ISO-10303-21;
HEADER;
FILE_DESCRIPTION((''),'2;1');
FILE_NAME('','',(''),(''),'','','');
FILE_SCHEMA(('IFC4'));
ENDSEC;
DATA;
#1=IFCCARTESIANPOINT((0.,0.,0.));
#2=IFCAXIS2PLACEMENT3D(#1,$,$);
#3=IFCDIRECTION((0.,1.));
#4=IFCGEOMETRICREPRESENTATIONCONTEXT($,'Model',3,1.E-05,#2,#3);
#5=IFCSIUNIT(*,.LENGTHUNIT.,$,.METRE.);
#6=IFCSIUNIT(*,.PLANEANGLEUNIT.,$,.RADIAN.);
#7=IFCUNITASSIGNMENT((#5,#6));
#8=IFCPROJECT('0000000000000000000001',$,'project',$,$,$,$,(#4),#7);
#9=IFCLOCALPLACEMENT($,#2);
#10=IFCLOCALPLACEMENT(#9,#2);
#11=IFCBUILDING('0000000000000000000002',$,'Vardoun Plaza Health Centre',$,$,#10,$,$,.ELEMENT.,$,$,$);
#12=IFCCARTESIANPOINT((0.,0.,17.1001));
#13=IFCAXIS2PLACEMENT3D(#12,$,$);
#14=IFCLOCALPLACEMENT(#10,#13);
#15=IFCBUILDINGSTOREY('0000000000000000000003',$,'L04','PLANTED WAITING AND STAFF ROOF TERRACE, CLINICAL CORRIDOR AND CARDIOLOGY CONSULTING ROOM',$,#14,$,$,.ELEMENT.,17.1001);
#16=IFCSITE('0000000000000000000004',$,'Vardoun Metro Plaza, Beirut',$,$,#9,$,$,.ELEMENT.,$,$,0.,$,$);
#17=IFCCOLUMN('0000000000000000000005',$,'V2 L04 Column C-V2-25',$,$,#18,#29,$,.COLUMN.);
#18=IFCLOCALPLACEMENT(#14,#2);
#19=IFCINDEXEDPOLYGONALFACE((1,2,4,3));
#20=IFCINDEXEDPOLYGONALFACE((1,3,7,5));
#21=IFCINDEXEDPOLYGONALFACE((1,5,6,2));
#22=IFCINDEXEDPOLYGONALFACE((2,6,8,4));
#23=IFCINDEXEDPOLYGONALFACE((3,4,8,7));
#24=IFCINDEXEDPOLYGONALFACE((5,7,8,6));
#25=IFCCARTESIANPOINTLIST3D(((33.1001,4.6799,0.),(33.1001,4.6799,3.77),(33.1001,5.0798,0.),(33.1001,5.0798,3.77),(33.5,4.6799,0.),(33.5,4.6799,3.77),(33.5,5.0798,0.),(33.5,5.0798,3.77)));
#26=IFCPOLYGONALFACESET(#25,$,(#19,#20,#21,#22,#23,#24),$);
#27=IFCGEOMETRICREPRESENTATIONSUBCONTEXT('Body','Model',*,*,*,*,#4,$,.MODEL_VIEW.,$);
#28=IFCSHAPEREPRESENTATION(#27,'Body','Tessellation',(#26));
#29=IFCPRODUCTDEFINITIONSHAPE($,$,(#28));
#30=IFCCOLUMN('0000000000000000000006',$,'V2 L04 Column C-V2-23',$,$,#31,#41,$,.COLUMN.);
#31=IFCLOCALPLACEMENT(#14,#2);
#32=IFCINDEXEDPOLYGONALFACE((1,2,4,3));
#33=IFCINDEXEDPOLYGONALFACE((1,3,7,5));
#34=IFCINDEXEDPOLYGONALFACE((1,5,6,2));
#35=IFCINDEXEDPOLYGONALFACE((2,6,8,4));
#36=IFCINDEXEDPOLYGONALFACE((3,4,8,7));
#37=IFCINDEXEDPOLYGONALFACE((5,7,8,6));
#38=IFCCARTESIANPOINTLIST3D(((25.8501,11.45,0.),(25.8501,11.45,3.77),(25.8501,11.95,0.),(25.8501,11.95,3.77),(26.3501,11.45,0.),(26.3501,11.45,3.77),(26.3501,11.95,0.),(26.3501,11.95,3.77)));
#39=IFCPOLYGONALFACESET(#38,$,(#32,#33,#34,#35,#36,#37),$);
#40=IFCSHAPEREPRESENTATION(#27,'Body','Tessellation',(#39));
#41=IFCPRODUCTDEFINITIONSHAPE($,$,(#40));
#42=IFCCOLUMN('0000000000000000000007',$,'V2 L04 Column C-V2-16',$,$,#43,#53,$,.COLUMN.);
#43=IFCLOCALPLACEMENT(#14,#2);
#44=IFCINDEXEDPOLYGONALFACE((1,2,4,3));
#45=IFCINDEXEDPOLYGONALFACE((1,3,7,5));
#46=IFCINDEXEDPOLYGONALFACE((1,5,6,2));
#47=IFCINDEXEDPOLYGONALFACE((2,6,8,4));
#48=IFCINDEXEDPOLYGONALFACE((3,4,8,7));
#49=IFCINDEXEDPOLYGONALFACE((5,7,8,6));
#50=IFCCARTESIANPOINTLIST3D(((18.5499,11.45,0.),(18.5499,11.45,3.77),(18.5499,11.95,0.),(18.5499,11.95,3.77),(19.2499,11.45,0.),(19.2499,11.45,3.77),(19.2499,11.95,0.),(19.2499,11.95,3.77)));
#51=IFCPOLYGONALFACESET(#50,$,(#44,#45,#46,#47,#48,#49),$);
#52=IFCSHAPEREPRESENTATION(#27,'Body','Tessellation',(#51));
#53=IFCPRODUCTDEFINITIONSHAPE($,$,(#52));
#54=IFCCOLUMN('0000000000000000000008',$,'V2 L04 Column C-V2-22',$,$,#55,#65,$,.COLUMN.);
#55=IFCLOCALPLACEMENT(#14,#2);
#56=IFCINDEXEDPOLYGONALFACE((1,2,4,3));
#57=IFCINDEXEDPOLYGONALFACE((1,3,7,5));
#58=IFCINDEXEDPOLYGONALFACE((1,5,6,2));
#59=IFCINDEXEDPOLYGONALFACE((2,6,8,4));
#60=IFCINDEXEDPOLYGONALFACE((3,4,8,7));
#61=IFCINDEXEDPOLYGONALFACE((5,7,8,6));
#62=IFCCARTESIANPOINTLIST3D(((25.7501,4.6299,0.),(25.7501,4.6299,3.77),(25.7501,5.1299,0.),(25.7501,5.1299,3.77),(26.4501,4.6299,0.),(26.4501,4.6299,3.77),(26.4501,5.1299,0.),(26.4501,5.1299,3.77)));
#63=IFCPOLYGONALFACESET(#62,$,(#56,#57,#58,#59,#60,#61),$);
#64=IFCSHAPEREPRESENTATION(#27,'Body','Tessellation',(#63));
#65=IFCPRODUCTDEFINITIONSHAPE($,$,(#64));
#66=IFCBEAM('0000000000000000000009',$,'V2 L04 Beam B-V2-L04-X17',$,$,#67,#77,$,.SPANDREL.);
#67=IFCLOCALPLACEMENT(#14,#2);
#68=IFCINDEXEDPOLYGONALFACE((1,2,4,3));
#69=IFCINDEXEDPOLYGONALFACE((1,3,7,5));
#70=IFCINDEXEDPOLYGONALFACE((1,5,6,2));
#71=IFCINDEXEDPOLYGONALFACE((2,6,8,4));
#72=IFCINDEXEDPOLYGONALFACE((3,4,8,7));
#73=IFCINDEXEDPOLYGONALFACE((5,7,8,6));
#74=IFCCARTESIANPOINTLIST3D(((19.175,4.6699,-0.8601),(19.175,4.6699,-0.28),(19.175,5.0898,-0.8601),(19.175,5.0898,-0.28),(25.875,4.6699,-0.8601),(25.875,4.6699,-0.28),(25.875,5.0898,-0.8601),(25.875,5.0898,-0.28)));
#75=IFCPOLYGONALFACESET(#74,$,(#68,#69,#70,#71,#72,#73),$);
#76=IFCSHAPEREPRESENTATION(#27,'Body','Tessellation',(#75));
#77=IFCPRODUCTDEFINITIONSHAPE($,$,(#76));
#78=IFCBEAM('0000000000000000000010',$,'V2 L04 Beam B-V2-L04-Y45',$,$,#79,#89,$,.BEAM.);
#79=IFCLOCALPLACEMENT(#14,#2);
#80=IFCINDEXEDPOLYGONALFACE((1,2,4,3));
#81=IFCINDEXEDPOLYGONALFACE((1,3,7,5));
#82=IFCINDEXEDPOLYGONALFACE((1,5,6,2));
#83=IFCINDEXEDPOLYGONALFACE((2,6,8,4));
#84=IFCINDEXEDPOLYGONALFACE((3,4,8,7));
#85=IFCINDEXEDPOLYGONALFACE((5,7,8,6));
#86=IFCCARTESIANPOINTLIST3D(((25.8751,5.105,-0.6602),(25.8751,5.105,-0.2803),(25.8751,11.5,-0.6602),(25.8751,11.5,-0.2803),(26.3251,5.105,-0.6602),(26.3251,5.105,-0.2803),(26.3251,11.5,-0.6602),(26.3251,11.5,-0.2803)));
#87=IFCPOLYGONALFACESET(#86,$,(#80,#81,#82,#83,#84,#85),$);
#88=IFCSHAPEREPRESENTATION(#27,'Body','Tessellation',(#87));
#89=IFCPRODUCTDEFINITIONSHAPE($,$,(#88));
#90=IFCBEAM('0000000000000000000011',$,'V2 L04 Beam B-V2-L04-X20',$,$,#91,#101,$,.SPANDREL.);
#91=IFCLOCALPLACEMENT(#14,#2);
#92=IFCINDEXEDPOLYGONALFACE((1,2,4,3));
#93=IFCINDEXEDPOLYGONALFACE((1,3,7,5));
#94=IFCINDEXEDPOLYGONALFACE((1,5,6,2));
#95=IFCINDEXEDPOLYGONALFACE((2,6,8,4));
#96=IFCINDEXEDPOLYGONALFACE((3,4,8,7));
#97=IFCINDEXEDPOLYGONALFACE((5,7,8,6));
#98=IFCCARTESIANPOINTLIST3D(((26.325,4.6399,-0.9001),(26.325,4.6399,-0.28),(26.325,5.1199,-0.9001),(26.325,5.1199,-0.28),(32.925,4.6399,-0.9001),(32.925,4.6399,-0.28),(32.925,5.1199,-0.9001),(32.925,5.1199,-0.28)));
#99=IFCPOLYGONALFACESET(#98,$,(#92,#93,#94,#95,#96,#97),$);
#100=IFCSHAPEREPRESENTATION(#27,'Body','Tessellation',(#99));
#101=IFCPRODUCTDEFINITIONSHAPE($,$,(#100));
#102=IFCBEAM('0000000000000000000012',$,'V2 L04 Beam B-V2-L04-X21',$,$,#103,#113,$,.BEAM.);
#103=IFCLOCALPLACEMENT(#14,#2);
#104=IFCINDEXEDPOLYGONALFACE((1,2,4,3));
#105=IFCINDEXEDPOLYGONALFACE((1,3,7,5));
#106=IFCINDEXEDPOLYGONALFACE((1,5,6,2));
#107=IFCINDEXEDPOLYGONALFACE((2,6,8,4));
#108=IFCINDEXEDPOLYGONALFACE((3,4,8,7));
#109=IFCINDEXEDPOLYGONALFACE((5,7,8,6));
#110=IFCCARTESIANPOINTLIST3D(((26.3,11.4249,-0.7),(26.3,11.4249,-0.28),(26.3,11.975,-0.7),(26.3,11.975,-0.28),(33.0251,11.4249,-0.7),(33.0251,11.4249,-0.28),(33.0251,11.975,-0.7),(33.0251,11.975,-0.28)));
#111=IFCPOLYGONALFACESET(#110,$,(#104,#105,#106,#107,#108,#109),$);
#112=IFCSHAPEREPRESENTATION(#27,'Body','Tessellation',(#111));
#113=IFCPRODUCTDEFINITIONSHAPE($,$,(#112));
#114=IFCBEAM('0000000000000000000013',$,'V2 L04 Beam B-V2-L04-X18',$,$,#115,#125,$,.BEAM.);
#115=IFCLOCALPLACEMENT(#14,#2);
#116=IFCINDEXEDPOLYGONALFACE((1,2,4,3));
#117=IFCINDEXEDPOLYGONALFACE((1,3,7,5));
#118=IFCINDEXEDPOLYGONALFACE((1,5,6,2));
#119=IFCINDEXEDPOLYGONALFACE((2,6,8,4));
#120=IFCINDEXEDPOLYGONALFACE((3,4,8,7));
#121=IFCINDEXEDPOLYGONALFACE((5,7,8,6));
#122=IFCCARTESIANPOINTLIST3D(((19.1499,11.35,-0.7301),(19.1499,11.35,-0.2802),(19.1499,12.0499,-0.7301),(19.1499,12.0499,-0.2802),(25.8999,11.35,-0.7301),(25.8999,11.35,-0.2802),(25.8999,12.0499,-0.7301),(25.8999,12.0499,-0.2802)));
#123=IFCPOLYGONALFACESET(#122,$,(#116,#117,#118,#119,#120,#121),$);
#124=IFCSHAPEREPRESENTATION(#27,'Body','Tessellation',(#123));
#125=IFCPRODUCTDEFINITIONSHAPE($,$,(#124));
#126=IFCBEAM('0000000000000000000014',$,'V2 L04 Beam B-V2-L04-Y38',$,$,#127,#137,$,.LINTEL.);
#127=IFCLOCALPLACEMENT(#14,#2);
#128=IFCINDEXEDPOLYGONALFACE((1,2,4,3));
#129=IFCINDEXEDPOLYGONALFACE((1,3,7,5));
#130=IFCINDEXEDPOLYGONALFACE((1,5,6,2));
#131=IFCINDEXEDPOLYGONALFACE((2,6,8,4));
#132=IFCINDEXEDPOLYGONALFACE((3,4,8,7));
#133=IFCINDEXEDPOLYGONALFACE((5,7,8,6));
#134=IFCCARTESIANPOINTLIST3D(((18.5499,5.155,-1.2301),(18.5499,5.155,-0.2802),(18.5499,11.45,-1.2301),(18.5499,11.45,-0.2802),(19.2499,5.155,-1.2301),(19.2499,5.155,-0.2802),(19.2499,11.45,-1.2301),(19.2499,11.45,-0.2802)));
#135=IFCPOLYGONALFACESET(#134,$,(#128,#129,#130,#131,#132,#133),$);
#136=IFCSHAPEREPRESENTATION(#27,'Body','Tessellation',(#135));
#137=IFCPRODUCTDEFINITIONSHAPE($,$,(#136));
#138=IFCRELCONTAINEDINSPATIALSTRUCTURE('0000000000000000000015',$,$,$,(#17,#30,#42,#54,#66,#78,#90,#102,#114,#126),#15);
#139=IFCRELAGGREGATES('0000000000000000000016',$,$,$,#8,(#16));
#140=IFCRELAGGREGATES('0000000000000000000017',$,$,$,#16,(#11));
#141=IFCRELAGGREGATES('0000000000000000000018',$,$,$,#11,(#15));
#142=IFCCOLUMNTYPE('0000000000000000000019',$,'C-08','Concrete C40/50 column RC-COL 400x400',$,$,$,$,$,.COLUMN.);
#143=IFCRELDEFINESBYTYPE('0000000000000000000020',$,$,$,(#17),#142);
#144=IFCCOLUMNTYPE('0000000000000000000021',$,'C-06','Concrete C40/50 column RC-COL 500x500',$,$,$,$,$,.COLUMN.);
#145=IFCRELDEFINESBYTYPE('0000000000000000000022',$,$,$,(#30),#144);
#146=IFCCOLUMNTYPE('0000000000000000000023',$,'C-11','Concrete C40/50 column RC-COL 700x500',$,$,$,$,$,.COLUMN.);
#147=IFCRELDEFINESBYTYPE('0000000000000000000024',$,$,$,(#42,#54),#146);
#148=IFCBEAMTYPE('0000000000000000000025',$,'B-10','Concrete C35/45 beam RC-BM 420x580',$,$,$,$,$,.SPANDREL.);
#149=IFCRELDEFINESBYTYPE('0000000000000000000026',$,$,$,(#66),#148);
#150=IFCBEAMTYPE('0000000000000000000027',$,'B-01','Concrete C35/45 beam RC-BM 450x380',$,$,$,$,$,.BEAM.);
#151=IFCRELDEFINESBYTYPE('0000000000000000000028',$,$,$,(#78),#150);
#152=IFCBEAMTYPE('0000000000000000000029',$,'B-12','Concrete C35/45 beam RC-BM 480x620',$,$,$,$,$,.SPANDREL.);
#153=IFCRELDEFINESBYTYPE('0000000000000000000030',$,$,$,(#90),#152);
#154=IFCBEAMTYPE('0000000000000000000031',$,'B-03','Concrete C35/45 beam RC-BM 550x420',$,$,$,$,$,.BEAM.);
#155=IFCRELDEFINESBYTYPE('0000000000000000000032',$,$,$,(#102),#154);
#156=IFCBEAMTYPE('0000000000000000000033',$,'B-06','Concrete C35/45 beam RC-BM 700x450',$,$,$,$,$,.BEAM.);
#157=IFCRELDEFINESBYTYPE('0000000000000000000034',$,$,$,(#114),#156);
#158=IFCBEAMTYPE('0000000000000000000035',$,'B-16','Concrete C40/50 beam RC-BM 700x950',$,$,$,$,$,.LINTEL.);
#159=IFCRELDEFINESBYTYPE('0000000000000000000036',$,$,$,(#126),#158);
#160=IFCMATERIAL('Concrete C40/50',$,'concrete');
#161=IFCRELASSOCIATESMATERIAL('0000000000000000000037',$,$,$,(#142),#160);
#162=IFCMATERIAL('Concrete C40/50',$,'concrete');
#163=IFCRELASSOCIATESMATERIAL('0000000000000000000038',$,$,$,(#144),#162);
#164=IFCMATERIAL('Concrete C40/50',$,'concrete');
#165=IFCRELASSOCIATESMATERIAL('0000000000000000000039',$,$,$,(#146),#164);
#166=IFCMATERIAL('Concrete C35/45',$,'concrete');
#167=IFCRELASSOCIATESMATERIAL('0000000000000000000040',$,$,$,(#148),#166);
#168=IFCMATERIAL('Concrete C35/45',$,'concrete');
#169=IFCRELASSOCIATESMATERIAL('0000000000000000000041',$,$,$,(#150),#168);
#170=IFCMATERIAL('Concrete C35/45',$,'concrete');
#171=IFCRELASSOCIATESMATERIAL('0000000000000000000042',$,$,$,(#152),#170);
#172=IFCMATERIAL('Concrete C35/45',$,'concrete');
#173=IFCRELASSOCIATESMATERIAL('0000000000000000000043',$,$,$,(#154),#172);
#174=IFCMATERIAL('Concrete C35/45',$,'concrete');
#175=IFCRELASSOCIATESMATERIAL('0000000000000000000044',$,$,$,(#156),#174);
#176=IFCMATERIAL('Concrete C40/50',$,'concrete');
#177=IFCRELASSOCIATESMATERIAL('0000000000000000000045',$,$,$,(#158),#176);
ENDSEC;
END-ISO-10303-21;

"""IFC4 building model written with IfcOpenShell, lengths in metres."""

from ifc_helpers import new_model, si_unit, direction, frame, origin, origin_2d, place, context, subcontext, project, spatial, rectangle, extrude, material, material_profile, profile_set, type_object, element, save


model = new_model("IFC4")

# Units and contexts
model_context = context("Model", 3, precision=1e-05, world=origin(), true_north=direction((0.0, 1.0)))
body_context = subcontext(model_context, "Body", "Model", "MODEL_VIEW")
ifc_project = project(units=[si_unit("LENGTHUNIT", "METRE"), si_unit("PLANEANGLEUNIT", "RADIAN")], contexts=[model_context])

# Site, building, storey
site_placement = place(None, origin())
site = spatial("IfcSite", under=ifc_project, at=site_placement, Name="Vardoun Metro Plaza, Beirut", CompositionType="ELEMENT", RefElevation=0.0)
building_placement = place(site_placement, origin())
building = spatial("IfcBuilding", under=site, at=building_placement, Name="Vardoun Plaza Health Centre", CompositionType="ELEMENT")
storey_placement = place(building_placement, frame((0.0, 0.0, 17.1001)))
storey = spatial("IfcBuildingStorey", under=building, at=storey_placement, Name="L04", Description="PLANTED WAITING AND STAFF ROOF TERRACE, CLINICAL CORRIDOR AND CARDIOLOGY CONSULTING ROOM", CompositionType="ELEMENT", Elevation=17.1001)

# Columns
ifc_material_1 = material(Name="Concrete C40/50", Category="concrete")
ifc_material_profile_1 = material_profile(ifc_material_1, rectangle(XDim=0.3999, YDim=0.3999, at=origin_2d()), Name="RC-COL 400x400")
ifc_profile_set_1 = profile_set([ifc_material_profile_1], Name="Concrete C40/50")
column_type_1 = type_object("IfcColumnType", Name="C-08", Description="Concrete C40/50 column RC-COL 400x400", PredefinedType="COLUMN", material=ifc_profile_set_1)
column_1_placement = place(storey_placement, frame((33.3, 4.8799, 0.0), z_axis=(0.0, 0.0, 1.0), x_axis=(1.0, 0.0, 0.0)))
element("IfcColumn", 1, at=column_1_placement, inside=storey, type_object=column_type_1, Name="V2 L04 Column C-V2-25", PredefinedType="COLUMN", context=body_context, shape_type="SweptSolid", body=[
    extrude(rectangle(XDim=0.3999, YDim=0.3999, at=origin_2d()), origin(), (0.0, 0.0, 1.0), 3.77),
])
ifc_material_2 = material(Name="Concrete C40/50", Category="concrete")
ifc_material_profile_2 = material_profile(ifc_material_2, rectangle(XDim=0.5, YDim=0.5, at=origin_2d()), Name="RC-COL 500x500")
ifc_profile_set_2 = profile_set([ifc_material_profile_2], Name="Concrete C40/50")
column_type_2 = type_object("IfcColumnType", Name="C-06", Description="Concrete C40/50 column RC-COL 500x500", PredefinedType="COLUMN", material=ifc_profile_set_2)
column_2_placement = place(storey_placement, frame((26.1001, 11.7, 0.0), z_axis=(0.0, 0.0, 1.0), x_axis=(1.0, 0.0, 0.0)))
element("IfcColumn", 2, at=column_2_placement, inside=storey, type_object=column_type_2, Name="V2 L04 Column C-V2-23", PredefinedType="COLUMN", context=body_context, shape_type="SweptSolid", body=[
    extrude(rectangle(XDim=0.5, YDim=0.5, at=origin_2d()), origin(), (0.0, 0.0, 1.0), 3.77),
])
ifc_material_3 = material(Name="Concrete C40/50", Category="concrete")
ifc_material_profile_3 = material_profile(ifc_material_3, rectangle(XDim=0.7, YDim=0.5, at=origin_2d()), Name="RC-COL 700x500")
ifc_profile_set_3 = profile_set([ifc_material_profile_3], Name="Concrete C40/50")
column_type_3 = type_object("IfcColumnType", Name="C-11", Description="Concrete C40/50 column RC-COL 700x500", PredefinedType="COLUMN", material=ifc_profile_set_3)
for number, where, z_axis, x_axis, name in (
    (3, (18.8999, 11.7, 0.0), (0.0, 0.0, 1.0), (1.0, 0.0, 0.0), "V2 L04 Column C-V2-16"),
    (4, (26.1001, 4.8799, 0.0), (0.0, 0.0, 1.0), (1.0, 0.0, 0.0), "V2 L04 Column C-V2-22"),
):
    element("IfcColumn", number, at=place(storey_placement, frame(where, z_axis=z_axis, x_axis=x_axis)), inside=storey, type_object=column_type_3, Name=name, PredefinedType="COLUMN", context=body_context, shape_type="SweptSolid", body=[
        extrude(rectangle(XDim=0.7, YDim=0.5, at=origin_2d()), origin(), (0.0, 0.0, 1.0), 3.77),
    ])

# Beams
ifc_material_4 = material(Name="Concrete C35/45", Category="concrete")
ifc_material_profile_4 = material_profile(ifc_material_4, rectangle(XDim=0.4199, YDim=0.5801, at=origin_2d()), Name="RC-BM 420x580")
ifc_profile_set_4 = profile_set([ifc_material_profile_4], Name="Concrete C35/45")
beam_type_1 = type_object("IfcBeamType", Name="B-10", Description="Concrete C35/45 beam RC-BM 420x580", PredefinedType="SPANDREL", material=ifc_profile_set_4)
beam_1_placement = place(storey_placement, frame((19.175, 4.8799, -0.5701), z_axis=(1.0, 0.0, 0.0), x_axis=(0.0, 1.0, 0.0)))
element("IfcBeam", 5, at=beam_1_placement, inside=storey, type_object=beam_type_1, Name="V2 L04 Beam B-V2-L04-X17", PredefinedType="SPANDREL", context=body_context, shape_type="SweptSolid", body=[
    extrude(rectangle(XDim=0.4199, YDim=0.5801, at=origin_2d()), origin(), (0.0, 0.0, 1.0), 6.7),
])
ifc_material_5 = material(Name="Concrete C35/45", Category="concrete")
ifc_material_profile_5 = material_profile(ifc_material_5, rectangle(XDim=0.45, YDim=0.3799, at=origin_2d()), Name="RC-BM 450x380")
ifc_profile_set_5 = profile_set([ifc_material_profile_5], Name="Concrete C35/45")
beam_type_2 = type_object("IfcBeamType", Name="B-01", Description="Concrete C35/45 beam RC-BM 450x380", PredefinedType="BEAM", material=ifc_profile_set_5)
beam_2_placement = place(storey_placement, frame((26.1001, 5.105, -0.4702), z_axis=(0.0, 1.0, 0.0), x_axis=(-1.0, 0.0, 0.0)))
element("IfcBeam", 6, at=beam_2_placement, inside=storey, type_object=beam_type_2, Name="V2 L04 Beam B-V2-L04-Y45", PredefinedType="BEAM", context=body_context, shape_type="SweptSolid", body=[
    extrude(rectangle(XDim=0.45, YDim=0.3799, at=origin_2d()), origin(), (0.0, 0.0, 1.0), 6.395),
])
ifc_material_6 = material(Name="Concrete C35/45", Category="concrete")
ifc_material_profile_6 = material_profile(ifc_material_6, rectangle(XDim=0.48, YDim=0.6201, at=origin_2d()), Name="RC-BM 480x620")
ifc_profile_set_6 = profile_set([ifc_material_profile_6], Name="Concrete C35/45")
beam_type_3 = type_object("IfcBeamType", Name="B-12", Description="Concrete C35/45 beam RC-BM 480x620", PredefinedType="SPANDREL", material=ifc_profile_set_6)
beam_3_placement = place(storey_placement, frame((26.325, 4.8799, -0.5901), z_axis=(1.0, 0.0, 0.0), x_axis=(0.0, 1.0, 0.0)))
element("IfcBeam", 7, at=beam_3_placement, inside=storey, type_object=beam_type_3, Name="V2 L04 Beam B-V2-L04-X20", PredefinedType="SPANDREL", context=body_context, shape_type="SweptSolid", body=[
    extrude(rectangle(XDim=0.48, YDim=0.6201, at=origin_2d()), origin(), (0.0, 0.0, 1.0), 6.6001),
])
ifc_material_7 = material(Name="Concrete C35/45", Category="concrete")
ifc_material_profile_7 = material_profile(ifc_material_7, rectangle(XDim=0.55, YDim=0.4199, at=origin_2d()), Name="RC-BM 550x420")
ifc_profile_set_7 = profile_set([ifc_material_profile_7], Name="Concrete C35/45")
beam_type_4 = type_object("IfcBeamType", Name="B-03", Description="Concrete C35/45 beam RC-BM 550x420", PredefinedType="BEAM", material=ifc_profile_set_7)
beam_4_placement = place(storey_placement, frame((26.3, 11.7, -0.49), z_axis=(1.0, 0.0, 0.0), x_axis=(0.0, 1.0, 0.0)))
element("IfcBeam", 8, at=beam_4_placement, inside=storey, type_object=beam_type_4, Name="V2 L04 Beam B-V2-L04-X21", PredefinedType="BEAM", context=body_context, shape_type="SweptSolid", body=[
    extrude(rectangle(XDim=0.55, YDim=0.4199, at=origin_2d()), origin(), (0.0, 0.0, 1.0), 6.7251),
])
ifc_material_8 = material(Name="Concrete C35/45", Category="concrete")
ifc_material_profile_8 = material_profile(ifc_material_8, rectangle(XDim=0.7, YDim=0.45, at=origin_2d()), Name="RC-BM 700x450")
ifc_profile_set_8 = profile_set([ifc_material_profile_8], Name="Concrete C35/45")
beam_type_5 = type_object("IfcBeamType", Name="B-06", Description="Concrete C35/45 beam RC-BM 700x450", PredefinedType="BEAM", material=ifc_profile_set_8)
beam_5_placement = place(storey_placement, frame((19.1499, 11.7, -0.5051), z_axis=(1.0, 0.0, 0.0), x_axis=(0.0, 1.0, 0.0)))
element("IfcBeam", 9, at=beam_5_placement, inside=storey, type_object=beam_type_5, Name="V2 L04 Beam B-V2-L04-X18", PredefinedType="BEAM", context=body_context, shape_type="SweptSolid", body=[
    extrude(rectangle(XDim=0.7, YDim=0.45, at=origin_2d()), origin(), (0.0, 0.0, 1.0), 6.75),
])
ifc_material_9 = material(Name="Concrete C40/50", Category="concrete")
ifc_material_profile_9 = material_profile(ifc_material_9, rectangle(XDim=0.7, YDim=0.95, at=origin_2d()), Name="RC-BM 700x950")
ifc_profile_set_9 = profile_set([ifc_material_profile_9], Name="Concrete C40/50")
beam_type_6 = type_object("IfcBeamType", Name="B-16", Description="Concrete C40/50 beam RC-BM 700x950", PredefinedType="LINTEL", material=ifc_profile_set_9)
beam_6_placement = place(storey_placement, frame((18.8999, 5.155, -0.7551), z_axis=(0.0, 1.0, 0.0), x_axis=(-1.0, 0.0, 0.0)))
element("IfcBeam", 10, at=beam_6_placement, inside=storey, type_object=beam_type_6, Name="V2 L04 Beam B-V2-L04-Y38", PredefinedType="LINTEL", context=body_context, shape_type="SweptSolid", body=[
    extrude(rectangle(XDim=0.7, YDim=0.95, at=origin_2d()), origin(), (0.0, 0.0, 1.0), 6.2949),
])

save(model, "model.ifc")
